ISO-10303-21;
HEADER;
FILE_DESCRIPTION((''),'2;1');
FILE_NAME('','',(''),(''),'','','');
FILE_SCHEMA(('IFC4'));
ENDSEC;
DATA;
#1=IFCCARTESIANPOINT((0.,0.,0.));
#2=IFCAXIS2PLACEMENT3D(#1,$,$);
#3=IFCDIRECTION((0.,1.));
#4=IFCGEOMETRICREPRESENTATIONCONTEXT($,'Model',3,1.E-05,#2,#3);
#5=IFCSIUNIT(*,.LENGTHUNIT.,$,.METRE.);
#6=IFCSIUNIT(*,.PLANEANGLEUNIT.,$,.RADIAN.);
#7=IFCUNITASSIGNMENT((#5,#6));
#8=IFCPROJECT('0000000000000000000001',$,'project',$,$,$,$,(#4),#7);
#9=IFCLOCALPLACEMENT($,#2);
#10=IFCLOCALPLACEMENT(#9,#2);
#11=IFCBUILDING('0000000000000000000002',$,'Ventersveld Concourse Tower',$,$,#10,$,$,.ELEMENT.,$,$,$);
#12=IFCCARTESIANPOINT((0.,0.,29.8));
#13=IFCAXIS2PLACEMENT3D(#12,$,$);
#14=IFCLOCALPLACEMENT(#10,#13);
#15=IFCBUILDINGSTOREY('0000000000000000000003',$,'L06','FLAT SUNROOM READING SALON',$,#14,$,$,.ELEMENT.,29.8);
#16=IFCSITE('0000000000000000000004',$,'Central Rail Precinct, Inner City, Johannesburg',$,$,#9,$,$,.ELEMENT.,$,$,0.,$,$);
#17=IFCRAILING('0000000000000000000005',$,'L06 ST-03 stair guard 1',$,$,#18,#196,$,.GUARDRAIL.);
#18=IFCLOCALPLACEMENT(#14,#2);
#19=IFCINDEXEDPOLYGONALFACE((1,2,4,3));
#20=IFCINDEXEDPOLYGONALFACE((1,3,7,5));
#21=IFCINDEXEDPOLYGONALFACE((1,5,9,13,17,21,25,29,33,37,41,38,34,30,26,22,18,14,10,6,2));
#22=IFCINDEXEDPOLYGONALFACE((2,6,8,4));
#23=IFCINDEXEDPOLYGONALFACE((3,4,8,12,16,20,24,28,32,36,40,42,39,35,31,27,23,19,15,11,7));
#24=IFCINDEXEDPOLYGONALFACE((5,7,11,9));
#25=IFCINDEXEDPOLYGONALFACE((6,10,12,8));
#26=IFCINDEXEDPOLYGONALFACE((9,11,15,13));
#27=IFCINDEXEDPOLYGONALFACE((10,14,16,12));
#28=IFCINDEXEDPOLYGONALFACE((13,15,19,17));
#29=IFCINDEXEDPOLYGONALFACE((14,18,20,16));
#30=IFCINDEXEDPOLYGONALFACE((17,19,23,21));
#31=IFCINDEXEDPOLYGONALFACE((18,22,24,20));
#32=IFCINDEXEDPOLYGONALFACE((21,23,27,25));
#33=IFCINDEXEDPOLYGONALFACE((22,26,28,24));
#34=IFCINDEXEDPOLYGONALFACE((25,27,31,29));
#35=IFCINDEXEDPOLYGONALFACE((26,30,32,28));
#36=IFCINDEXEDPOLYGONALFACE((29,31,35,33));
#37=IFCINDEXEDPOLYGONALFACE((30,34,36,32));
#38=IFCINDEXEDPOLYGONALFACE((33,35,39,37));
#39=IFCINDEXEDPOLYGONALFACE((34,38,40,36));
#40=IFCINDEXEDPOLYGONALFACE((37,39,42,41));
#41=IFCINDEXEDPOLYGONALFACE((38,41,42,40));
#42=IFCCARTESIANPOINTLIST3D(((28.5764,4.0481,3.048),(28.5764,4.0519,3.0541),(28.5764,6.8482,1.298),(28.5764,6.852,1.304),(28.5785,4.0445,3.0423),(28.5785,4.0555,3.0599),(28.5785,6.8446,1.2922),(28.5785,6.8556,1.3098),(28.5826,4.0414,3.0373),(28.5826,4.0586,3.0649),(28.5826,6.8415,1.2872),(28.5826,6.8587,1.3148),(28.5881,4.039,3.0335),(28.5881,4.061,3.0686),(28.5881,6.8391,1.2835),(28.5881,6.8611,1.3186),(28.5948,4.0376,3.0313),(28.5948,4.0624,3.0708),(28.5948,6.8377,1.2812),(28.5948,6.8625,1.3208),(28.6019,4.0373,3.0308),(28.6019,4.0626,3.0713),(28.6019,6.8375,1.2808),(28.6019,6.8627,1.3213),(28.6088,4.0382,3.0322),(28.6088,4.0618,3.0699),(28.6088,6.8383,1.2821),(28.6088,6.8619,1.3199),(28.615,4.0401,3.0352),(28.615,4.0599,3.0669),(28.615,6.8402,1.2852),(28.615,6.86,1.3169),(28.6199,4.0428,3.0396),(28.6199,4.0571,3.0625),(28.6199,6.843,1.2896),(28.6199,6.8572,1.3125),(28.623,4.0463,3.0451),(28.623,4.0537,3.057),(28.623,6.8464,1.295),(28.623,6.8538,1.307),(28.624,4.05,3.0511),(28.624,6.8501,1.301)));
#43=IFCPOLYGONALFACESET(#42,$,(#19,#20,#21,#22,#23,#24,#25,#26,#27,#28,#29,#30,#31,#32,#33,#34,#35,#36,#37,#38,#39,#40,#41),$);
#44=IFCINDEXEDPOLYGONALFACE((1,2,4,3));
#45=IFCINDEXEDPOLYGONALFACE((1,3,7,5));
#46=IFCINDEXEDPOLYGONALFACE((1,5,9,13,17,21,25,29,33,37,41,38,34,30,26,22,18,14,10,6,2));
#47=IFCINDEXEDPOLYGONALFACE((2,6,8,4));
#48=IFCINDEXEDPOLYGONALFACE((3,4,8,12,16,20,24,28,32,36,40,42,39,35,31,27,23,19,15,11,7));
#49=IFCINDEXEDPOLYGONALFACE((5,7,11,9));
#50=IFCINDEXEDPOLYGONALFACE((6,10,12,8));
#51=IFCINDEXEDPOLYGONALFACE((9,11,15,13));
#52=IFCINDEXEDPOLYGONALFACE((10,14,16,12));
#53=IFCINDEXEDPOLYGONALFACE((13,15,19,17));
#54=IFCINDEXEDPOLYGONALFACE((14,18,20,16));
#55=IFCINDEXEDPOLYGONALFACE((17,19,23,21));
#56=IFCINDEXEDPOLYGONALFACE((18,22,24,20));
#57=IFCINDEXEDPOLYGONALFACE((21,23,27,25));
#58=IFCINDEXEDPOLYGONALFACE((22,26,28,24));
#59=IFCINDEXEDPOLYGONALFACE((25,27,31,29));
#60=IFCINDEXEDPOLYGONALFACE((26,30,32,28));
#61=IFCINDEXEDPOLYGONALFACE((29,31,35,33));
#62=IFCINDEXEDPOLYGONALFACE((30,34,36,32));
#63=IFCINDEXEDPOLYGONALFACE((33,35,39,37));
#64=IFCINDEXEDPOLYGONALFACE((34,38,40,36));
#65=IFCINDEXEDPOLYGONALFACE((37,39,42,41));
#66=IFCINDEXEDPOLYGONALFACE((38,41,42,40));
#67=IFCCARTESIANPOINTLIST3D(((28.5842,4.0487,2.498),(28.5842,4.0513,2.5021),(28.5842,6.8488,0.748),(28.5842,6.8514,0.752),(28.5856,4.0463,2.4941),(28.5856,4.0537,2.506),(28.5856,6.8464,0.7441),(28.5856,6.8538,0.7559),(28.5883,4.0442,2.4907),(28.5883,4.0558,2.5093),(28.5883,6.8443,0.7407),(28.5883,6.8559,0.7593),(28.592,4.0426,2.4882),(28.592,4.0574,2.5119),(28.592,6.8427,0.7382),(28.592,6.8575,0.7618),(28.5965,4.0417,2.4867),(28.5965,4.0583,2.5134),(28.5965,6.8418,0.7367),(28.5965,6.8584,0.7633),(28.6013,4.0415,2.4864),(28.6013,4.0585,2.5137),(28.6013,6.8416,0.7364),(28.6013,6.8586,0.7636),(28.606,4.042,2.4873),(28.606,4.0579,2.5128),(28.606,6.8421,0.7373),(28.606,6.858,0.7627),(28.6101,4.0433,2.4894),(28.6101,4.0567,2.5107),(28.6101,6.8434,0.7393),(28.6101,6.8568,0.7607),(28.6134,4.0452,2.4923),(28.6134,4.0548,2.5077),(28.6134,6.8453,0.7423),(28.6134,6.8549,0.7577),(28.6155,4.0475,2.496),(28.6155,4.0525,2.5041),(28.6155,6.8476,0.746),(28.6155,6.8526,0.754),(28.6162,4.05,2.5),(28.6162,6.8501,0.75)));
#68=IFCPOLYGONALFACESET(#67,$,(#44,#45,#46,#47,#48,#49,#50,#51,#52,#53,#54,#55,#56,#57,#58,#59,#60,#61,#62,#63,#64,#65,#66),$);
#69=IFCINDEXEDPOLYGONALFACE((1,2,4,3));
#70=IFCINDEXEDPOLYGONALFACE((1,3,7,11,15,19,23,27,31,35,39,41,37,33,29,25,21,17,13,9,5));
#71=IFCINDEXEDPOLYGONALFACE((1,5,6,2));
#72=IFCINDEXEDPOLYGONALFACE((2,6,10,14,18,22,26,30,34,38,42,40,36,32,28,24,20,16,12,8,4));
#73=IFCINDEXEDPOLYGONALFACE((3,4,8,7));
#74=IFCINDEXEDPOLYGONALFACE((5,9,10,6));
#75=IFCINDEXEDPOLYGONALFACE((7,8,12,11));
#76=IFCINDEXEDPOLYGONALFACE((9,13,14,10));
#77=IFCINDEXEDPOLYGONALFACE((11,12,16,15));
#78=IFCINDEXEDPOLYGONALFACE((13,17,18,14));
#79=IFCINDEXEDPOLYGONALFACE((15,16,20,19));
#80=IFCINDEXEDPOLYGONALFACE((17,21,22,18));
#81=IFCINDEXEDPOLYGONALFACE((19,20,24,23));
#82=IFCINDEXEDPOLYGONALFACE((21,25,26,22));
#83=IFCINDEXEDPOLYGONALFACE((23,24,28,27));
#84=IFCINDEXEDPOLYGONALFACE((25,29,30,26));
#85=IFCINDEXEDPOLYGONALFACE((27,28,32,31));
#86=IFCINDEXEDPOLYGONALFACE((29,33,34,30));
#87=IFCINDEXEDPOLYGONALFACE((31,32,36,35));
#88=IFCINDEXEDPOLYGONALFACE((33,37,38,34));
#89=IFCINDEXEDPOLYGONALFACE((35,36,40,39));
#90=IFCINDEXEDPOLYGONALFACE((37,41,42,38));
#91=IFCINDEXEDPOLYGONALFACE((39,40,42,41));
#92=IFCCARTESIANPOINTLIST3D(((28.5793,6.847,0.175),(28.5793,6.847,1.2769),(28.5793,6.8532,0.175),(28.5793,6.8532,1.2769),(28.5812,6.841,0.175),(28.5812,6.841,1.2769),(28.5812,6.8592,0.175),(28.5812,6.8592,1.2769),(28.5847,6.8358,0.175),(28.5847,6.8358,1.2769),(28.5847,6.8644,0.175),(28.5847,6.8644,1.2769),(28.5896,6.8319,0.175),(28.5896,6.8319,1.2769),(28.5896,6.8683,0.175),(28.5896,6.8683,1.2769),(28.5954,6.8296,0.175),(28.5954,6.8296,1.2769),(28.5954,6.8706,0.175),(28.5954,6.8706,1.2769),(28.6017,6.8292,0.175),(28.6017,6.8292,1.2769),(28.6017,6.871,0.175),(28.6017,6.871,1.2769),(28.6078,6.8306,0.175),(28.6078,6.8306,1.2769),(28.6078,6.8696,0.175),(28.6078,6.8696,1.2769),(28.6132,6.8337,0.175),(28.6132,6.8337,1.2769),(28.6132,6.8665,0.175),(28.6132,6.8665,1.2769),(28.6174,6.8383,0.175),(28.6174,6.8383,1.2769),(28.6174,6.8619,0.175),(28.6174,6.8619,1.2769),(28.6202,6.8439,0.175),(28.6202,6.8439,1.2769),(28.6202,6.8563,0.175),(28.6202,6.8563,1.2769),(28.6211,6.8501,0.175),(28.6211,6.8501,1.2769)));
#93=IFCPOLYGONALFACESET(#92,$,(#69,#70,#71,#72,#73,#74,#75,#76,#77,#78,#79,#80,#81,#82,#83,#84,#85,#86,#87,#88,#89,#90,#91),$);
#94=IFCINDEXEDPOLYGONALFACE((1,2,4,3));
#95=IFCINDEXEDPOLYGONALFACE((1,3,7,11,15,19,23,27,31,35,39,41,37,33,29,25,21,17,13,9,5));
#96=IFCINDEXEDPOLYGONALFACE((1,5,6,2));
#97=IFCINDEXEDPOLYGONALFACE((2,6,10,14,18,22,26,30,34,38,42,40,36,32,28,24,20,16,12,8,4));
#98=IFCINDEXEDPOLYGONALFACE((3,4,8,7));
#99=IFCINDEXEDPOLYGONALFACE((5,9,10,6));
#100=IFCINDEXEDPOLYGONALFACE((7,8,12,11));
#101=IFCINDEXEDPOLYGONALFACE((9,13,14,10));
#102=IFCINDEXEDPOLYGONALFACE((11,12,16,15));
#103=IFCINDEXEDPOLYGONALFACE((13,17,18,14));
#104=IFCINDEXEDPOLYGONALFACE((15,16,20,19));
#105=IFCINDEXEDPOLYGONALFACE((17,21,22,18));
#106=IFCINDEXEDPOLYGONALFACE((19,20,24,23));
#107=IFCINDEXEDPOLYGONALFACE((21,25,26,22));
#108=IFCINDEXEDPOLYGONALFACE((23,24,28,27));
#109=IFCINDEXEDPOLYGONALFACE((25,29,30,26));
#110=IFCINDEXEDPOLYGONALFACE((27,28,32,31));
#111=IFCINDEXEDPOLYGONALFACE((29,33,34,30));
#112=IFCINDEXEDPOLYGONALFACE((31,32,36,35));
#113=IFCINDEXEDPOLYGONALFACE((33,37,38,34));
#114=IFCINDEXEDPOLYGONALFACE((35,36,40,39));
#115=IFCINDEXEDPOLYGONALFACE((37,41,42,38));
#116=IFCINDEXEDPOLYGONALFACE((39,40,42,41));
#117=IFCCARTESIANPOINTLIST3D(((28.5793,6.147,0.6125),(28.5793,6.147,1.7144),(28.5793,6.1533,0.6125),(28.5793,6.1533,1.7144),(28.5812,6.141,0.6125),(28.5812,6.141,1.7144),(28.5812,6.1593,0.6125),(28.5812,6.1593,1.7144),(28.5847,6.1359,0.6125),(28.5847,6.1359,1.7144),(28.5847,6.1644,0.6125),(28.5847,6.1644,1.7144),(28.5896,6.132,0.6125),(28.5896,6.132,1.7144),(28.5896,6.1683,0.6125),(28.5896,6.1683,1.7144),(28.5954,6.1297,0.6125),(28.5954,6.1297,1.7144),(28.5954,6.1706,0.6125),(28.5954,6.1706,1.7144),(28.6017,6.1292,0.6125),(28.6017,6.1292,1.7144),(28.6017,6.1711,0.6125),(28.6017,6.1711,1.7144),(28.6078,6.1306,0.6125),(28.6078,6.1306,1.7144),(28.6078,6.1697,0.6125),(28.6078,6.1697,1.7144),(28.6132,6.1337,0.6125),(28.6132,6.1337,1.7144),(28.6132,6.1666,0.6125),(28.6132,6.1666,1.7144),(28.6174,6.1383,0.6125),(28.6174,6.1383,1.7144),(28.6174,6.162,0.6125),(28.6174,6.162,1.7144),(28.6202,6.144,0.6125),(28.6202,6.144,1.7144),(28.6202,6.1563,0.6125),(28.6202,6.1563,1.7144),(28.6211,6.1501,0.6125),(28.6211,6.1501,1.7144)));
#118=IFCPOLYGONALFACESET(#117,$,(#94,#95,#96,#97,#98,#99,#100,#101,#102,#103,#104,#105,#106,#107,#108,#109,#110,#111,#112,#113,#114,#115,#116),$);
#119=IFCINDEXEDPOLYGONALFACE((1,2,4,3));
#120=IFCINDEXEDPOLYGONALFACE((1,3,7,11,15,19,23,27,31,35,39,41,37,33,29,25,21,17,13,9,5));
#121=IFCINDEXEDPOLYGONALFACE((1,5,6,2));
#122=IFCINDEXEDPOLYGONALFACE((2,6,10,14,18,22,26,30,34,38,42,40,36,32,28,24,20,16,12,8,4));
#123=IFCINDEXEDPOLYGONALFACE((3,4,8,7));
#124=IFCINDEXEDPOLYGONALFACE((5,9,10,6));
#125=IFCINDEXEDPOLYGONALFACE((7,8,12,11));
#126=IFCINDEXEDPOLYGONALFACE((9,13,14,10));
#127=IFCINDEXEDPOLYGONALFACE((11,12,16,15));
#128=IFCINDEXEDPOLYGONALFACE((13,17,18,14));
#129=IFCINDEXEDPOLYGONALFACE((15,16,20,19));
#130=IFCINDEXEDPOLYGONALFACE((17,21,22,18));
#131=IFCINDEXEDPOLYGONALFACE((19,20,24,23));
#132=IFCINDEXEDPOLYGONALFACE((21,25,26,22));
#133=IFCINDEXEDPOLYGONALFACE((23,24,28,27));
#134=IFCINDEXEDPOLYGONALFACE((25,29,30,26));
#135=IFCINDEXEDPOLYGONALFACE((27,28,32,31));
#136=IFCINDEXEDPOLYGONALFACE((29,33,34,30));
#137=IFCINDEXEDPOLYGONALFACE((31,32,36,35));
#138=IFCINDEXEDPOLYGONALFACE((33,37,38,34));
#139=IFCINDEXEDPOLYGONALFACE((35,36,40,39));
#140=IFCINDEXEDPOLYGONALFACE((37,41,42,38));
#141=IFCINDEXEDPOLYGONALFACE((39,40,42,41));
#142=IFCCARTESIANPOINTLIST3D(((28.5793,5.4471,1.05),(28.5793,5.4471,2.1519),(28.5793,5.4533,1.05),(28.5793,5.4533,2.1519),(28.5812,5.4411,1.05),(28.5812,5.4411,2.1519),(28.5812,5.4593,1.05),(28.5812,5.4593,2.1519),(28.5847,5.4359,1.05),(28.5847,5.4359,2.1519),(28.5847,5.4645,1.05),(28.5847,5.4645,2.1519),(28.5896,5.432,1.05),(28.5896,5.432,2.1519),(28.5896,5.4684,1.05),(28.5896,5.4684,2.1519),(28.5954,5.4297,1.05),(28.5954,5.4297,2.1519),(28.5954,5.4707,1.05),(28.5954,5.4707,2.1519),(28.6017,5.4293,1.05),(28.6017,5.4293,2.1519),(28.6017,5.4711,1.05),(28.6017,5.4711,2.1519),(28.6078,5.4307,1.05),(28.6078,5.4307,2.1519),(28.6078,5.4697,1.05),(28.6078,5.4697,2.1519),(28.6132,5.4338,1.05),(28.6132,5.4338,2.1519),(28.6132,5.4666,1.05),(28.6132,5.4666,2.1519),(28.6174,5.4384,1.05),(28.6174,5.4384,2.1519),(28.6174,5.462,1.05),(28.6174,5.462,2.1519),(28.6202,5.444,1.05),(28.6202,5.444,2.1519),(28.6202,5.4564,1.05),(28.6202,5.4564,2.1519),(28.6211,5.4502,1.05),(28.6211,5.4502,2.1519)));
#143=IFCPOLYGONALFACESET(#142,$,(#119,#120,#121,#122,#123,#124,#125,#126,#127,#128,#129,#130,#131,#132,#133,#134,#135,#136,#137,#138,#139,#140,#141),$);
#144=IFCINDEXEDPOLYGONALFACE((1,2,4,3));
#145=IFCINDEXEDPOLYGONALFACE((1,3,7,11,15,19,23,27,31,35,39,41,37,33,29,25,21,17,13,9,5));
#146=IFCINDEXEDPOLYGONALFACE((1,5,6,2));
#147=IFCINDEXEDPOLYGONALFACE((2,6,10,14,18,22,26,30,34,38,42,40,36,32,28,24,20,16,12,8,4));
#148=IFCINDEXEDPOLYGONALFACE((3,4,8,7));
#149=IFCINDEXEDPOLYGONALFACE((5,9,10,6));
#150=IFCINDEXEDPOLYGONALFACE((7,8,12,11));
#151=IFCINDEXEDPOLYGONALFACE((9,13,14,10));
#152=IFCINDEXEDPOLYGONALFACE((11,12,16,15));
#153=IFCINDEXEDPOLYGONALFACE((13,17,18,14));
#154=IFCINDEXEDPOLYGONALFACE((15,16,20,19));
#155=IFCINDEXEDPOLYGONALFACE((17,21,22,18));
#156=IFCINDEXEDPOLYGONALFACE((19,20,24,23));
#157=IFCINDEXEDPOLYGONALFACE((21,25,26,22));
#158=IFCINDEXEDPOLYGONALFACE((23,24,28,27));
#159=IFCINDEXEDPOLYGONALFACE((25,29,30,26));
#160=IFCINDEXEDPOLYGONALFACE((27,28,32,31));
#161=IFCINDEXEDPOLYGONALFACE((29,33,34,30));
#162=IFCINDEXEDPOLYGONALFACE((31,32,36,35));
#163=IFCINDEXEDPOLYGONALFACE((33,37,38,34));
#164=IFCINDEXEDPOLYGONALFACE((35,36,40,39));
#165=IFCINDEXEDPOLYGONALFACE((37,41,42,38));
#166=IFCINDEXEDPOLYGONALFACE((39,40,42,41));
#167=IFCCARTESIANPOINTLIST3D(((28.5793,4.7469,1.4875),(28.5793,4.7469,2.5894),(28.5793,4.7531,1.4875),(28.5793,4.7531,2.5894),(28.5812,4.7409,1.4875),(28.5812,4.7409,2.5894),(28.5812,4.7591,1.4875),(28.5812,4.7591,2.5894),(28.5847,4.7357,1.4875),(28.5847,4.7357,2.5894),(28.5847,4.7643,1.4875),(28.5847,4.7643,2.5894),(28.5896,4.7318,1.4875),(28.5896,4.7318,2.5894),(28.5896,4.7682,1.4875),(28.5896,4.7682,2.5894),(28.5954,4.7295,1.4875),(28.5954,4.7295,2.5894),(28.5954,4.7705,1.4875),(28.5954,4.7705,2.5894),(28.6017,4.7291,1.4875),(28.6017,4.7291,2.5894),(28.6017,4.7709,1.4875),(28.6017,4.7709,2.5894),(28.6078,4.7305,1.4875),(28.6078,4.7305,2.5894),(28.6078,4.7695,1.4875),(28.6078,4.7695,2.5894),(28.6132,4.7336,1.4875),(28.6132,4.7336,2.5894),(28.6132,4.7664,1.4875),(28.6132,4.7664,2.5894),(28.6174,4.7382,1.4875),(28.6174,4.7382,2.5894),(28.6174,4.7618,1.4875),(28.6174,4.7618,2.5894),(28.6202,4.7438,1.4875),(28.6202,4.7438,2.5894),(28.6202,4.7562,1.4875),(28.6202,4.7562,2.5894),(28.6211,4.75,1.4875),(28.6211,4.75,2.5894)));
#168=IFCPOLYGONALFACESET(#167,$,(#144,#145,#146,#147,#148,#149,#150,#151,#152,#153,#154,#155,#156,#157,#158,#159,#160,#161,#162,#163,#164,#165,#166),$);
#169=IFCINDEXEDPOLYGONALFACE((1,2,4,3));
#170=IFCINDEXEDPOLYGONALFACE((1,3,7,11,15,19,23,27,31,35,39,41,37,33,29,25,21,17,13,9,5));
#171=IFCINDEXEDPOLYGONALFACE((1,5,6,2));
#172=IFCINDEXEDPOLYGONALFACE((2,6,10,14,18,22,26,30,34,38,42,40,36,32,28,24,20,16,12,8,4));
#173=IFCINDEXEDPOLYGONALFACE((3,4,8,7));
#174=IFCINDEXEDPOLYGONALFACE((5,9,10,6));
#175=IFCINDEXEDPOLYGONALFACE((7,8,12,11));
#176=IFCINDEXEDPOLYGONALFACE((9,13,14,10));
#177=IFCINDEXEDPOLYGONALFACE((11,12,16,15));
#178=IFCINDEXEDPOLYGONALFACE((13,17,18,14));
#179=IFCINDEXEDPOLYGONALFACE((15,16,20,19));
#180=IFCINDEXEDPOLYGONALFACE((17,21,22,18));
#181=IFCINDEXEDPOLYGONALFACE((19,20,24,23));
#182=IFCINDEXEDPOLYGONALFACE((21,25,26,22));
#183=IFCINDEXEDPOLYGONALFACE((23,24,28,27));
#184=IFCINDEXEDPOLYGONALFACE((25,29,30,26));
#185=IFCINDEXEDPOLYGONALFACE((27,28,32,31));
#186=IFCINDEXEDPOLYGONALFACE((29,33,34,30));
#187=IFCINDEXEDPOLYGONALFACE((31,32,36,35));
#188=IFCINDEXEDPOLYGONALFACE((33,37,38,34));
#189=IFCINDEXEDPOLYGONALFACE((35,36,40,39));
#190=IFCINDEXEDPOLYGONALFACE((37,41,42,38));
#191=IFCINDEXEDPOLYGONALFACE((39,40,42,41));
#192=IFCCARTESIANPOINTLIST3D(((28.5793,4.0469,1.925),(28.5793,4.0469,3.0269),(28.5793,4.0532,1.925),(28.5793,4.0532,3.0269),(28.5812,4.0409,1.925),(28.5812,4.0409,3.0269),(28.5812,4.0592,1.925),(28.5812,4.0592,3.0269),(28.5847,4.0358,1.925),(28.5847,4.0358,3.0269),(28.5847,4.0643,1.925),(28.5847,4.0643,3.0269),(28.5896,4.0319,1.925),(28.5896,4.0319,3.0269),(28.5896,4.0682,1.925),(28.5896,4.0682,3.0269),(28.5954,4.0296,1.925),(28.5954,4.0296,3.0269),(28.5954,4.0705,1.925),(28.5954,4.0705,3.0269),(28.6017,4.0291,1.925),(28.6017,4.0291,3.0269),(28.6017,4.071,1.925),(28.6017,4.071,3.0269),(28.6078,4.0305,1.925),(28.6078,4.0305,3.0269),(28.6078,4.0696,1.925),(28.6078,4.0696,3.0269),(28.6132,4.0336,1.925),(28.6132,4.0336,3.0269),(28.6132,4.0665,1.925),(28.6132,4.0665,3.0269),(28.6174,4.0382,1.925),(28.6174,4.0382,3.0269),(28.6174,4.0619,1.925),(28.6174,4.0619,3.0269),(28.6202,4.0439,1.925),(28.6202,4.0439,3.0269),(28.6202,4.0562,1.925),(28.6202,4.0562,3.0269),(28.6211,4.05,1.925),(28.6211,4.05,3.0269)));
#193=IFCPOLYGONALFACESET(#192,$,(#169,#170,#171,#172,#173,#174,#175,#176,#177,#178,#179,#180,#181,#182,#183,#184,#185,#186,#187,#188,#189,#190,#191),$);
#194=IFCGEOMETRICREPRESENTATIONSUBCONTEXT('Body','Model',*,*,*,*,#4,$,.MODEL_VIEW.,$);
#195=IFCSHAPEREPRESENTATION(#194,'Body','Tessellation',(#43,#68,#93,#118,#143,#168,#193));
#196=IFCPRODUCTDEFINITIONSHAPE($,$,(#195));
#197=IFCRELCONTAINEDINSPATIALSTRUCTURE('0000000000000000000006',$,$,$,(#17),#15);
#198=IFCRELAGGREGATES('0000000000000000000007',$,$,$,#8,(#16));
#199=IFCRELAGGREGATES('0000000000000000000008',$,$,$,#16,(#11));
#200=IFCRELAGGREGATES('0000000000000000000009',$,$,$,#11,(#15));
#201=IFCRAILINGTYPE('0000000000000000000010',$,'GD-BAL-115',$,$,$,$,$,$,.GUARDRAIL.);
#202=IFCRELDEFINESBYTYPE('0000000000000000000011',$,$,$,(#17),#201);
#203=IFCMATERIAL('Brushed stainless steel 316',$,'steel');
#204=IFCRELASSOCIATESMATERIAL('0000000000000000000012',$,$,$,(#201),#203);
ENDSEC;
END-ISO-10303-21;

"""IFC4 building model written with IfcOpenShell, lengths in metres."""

from ifc_helpers import new_model, si_unit, direction, frame, origin, origin_2d, place, context, subcontext, project, spatial, circle, extrude, material, type_object, element, save


model = new_model("IFC4")

# Units and contexts
model_context = context("Model", 3, precision=1e-05, world=origin(), true_north=direction((0.0, 1.0)))
body_context = subcontext(model_context, "Body", "Model", "MODEL_VIEW")
ifc_project = project(units=[si_unit("LENGTHUNIT", "METRE"), si_unit("PLANEANGLEUNIT", "RADIAN")], contexts=[model_context])

# Site, building, storey
site_placement = place(None, origin())
site = spatial("IfcSite", under=ifc_project, at=site_placement, Name="Central Rail Precinct, Inner City, Johannesburg", CompositionType="ELEMENT", RefElevation=0.0)
building_placement = place(site_placement, origin())
building = spatial("IfcBuilding", under=site, at=building_placement, Name="Ventersveld Concourse Tower", CompositionType="ELEMENT")
storey_placement = place(building_placement, frame((0.0, 0.0, 29.8)))
storey = spatial("IfcBuildingStorey", under=building, at=storey_placement, Name="L06", Description="FLAT SUNROOM READING SALON", CompositionType="ELEMENT", Elevation=29.8)

# Shared definitions
ifc_material_1 = material(Name="Brushed stainless steel 316", Category="steel")

# Railing
railing_type_1 = type_object("IfcRailingType", Name="GD-BAL-115", PredefinedType="GUARDRAIL", material=ifc_material_1)
railing_1_placement = place(storey_placement, frame((28.6001, 6.8501, 0.175)))
element("IfcRailing", 1, at=railing_1_placement, inside=storey, type_object=railing_type_1, Name="L06 ST-03 stair guard 1", PredefinedType="GUARDRAIL", context=body_context, shape_type="SweptSolid", body=[
    extrude(circle(Radius=0.0239, at=origin_2d()), frame((0.0, 0.0, 1.126), z_axis=(0.0, -0.848002, 0.529992), x_axis=(1.0, 0.0, 0.0)), (0.0, 0.0, 1.0), 3.302),
    extrude(circle(Radius=0.0161, at=origin_2d()), frame((0.0, 0.0, 0.575), z_axis=(0.0, -0.848002, 0.529992), x_axis=(1.0, 0.0, 0.0)), (0.0, 0.0, 1.0), 3.302),
    extrude(circle(Radius=0.021, at=origin_2d()), origin(), (0.0, 0.0, 1.0), 1.1018),
    extrude(circle(Radius=0.021, at=origin_2d()), frame((0.0, -0.7, 0.4375)), (0.0, 0.0, 1.0), 1.1018),
    extrude(circle(Radius=0.021, at=origin_2d()), frame((0.0, -1.3999, 0.875)), (0.0, 0.0, 1.0), 1.1018),
    extrude(circle(Radius=0.021, at=origin_2d()), frame((0.0, -2.1001, 1.3125)), (0.0, 0.0, 1.0), 1.1018),
    extrude(circle(Radius=0.021, at=origin_2d()), frame((0.0, -2.8, 1.75)), (0.0, 0.0, 1.0), 1.1018),
])

save(model, "model.ifc")
